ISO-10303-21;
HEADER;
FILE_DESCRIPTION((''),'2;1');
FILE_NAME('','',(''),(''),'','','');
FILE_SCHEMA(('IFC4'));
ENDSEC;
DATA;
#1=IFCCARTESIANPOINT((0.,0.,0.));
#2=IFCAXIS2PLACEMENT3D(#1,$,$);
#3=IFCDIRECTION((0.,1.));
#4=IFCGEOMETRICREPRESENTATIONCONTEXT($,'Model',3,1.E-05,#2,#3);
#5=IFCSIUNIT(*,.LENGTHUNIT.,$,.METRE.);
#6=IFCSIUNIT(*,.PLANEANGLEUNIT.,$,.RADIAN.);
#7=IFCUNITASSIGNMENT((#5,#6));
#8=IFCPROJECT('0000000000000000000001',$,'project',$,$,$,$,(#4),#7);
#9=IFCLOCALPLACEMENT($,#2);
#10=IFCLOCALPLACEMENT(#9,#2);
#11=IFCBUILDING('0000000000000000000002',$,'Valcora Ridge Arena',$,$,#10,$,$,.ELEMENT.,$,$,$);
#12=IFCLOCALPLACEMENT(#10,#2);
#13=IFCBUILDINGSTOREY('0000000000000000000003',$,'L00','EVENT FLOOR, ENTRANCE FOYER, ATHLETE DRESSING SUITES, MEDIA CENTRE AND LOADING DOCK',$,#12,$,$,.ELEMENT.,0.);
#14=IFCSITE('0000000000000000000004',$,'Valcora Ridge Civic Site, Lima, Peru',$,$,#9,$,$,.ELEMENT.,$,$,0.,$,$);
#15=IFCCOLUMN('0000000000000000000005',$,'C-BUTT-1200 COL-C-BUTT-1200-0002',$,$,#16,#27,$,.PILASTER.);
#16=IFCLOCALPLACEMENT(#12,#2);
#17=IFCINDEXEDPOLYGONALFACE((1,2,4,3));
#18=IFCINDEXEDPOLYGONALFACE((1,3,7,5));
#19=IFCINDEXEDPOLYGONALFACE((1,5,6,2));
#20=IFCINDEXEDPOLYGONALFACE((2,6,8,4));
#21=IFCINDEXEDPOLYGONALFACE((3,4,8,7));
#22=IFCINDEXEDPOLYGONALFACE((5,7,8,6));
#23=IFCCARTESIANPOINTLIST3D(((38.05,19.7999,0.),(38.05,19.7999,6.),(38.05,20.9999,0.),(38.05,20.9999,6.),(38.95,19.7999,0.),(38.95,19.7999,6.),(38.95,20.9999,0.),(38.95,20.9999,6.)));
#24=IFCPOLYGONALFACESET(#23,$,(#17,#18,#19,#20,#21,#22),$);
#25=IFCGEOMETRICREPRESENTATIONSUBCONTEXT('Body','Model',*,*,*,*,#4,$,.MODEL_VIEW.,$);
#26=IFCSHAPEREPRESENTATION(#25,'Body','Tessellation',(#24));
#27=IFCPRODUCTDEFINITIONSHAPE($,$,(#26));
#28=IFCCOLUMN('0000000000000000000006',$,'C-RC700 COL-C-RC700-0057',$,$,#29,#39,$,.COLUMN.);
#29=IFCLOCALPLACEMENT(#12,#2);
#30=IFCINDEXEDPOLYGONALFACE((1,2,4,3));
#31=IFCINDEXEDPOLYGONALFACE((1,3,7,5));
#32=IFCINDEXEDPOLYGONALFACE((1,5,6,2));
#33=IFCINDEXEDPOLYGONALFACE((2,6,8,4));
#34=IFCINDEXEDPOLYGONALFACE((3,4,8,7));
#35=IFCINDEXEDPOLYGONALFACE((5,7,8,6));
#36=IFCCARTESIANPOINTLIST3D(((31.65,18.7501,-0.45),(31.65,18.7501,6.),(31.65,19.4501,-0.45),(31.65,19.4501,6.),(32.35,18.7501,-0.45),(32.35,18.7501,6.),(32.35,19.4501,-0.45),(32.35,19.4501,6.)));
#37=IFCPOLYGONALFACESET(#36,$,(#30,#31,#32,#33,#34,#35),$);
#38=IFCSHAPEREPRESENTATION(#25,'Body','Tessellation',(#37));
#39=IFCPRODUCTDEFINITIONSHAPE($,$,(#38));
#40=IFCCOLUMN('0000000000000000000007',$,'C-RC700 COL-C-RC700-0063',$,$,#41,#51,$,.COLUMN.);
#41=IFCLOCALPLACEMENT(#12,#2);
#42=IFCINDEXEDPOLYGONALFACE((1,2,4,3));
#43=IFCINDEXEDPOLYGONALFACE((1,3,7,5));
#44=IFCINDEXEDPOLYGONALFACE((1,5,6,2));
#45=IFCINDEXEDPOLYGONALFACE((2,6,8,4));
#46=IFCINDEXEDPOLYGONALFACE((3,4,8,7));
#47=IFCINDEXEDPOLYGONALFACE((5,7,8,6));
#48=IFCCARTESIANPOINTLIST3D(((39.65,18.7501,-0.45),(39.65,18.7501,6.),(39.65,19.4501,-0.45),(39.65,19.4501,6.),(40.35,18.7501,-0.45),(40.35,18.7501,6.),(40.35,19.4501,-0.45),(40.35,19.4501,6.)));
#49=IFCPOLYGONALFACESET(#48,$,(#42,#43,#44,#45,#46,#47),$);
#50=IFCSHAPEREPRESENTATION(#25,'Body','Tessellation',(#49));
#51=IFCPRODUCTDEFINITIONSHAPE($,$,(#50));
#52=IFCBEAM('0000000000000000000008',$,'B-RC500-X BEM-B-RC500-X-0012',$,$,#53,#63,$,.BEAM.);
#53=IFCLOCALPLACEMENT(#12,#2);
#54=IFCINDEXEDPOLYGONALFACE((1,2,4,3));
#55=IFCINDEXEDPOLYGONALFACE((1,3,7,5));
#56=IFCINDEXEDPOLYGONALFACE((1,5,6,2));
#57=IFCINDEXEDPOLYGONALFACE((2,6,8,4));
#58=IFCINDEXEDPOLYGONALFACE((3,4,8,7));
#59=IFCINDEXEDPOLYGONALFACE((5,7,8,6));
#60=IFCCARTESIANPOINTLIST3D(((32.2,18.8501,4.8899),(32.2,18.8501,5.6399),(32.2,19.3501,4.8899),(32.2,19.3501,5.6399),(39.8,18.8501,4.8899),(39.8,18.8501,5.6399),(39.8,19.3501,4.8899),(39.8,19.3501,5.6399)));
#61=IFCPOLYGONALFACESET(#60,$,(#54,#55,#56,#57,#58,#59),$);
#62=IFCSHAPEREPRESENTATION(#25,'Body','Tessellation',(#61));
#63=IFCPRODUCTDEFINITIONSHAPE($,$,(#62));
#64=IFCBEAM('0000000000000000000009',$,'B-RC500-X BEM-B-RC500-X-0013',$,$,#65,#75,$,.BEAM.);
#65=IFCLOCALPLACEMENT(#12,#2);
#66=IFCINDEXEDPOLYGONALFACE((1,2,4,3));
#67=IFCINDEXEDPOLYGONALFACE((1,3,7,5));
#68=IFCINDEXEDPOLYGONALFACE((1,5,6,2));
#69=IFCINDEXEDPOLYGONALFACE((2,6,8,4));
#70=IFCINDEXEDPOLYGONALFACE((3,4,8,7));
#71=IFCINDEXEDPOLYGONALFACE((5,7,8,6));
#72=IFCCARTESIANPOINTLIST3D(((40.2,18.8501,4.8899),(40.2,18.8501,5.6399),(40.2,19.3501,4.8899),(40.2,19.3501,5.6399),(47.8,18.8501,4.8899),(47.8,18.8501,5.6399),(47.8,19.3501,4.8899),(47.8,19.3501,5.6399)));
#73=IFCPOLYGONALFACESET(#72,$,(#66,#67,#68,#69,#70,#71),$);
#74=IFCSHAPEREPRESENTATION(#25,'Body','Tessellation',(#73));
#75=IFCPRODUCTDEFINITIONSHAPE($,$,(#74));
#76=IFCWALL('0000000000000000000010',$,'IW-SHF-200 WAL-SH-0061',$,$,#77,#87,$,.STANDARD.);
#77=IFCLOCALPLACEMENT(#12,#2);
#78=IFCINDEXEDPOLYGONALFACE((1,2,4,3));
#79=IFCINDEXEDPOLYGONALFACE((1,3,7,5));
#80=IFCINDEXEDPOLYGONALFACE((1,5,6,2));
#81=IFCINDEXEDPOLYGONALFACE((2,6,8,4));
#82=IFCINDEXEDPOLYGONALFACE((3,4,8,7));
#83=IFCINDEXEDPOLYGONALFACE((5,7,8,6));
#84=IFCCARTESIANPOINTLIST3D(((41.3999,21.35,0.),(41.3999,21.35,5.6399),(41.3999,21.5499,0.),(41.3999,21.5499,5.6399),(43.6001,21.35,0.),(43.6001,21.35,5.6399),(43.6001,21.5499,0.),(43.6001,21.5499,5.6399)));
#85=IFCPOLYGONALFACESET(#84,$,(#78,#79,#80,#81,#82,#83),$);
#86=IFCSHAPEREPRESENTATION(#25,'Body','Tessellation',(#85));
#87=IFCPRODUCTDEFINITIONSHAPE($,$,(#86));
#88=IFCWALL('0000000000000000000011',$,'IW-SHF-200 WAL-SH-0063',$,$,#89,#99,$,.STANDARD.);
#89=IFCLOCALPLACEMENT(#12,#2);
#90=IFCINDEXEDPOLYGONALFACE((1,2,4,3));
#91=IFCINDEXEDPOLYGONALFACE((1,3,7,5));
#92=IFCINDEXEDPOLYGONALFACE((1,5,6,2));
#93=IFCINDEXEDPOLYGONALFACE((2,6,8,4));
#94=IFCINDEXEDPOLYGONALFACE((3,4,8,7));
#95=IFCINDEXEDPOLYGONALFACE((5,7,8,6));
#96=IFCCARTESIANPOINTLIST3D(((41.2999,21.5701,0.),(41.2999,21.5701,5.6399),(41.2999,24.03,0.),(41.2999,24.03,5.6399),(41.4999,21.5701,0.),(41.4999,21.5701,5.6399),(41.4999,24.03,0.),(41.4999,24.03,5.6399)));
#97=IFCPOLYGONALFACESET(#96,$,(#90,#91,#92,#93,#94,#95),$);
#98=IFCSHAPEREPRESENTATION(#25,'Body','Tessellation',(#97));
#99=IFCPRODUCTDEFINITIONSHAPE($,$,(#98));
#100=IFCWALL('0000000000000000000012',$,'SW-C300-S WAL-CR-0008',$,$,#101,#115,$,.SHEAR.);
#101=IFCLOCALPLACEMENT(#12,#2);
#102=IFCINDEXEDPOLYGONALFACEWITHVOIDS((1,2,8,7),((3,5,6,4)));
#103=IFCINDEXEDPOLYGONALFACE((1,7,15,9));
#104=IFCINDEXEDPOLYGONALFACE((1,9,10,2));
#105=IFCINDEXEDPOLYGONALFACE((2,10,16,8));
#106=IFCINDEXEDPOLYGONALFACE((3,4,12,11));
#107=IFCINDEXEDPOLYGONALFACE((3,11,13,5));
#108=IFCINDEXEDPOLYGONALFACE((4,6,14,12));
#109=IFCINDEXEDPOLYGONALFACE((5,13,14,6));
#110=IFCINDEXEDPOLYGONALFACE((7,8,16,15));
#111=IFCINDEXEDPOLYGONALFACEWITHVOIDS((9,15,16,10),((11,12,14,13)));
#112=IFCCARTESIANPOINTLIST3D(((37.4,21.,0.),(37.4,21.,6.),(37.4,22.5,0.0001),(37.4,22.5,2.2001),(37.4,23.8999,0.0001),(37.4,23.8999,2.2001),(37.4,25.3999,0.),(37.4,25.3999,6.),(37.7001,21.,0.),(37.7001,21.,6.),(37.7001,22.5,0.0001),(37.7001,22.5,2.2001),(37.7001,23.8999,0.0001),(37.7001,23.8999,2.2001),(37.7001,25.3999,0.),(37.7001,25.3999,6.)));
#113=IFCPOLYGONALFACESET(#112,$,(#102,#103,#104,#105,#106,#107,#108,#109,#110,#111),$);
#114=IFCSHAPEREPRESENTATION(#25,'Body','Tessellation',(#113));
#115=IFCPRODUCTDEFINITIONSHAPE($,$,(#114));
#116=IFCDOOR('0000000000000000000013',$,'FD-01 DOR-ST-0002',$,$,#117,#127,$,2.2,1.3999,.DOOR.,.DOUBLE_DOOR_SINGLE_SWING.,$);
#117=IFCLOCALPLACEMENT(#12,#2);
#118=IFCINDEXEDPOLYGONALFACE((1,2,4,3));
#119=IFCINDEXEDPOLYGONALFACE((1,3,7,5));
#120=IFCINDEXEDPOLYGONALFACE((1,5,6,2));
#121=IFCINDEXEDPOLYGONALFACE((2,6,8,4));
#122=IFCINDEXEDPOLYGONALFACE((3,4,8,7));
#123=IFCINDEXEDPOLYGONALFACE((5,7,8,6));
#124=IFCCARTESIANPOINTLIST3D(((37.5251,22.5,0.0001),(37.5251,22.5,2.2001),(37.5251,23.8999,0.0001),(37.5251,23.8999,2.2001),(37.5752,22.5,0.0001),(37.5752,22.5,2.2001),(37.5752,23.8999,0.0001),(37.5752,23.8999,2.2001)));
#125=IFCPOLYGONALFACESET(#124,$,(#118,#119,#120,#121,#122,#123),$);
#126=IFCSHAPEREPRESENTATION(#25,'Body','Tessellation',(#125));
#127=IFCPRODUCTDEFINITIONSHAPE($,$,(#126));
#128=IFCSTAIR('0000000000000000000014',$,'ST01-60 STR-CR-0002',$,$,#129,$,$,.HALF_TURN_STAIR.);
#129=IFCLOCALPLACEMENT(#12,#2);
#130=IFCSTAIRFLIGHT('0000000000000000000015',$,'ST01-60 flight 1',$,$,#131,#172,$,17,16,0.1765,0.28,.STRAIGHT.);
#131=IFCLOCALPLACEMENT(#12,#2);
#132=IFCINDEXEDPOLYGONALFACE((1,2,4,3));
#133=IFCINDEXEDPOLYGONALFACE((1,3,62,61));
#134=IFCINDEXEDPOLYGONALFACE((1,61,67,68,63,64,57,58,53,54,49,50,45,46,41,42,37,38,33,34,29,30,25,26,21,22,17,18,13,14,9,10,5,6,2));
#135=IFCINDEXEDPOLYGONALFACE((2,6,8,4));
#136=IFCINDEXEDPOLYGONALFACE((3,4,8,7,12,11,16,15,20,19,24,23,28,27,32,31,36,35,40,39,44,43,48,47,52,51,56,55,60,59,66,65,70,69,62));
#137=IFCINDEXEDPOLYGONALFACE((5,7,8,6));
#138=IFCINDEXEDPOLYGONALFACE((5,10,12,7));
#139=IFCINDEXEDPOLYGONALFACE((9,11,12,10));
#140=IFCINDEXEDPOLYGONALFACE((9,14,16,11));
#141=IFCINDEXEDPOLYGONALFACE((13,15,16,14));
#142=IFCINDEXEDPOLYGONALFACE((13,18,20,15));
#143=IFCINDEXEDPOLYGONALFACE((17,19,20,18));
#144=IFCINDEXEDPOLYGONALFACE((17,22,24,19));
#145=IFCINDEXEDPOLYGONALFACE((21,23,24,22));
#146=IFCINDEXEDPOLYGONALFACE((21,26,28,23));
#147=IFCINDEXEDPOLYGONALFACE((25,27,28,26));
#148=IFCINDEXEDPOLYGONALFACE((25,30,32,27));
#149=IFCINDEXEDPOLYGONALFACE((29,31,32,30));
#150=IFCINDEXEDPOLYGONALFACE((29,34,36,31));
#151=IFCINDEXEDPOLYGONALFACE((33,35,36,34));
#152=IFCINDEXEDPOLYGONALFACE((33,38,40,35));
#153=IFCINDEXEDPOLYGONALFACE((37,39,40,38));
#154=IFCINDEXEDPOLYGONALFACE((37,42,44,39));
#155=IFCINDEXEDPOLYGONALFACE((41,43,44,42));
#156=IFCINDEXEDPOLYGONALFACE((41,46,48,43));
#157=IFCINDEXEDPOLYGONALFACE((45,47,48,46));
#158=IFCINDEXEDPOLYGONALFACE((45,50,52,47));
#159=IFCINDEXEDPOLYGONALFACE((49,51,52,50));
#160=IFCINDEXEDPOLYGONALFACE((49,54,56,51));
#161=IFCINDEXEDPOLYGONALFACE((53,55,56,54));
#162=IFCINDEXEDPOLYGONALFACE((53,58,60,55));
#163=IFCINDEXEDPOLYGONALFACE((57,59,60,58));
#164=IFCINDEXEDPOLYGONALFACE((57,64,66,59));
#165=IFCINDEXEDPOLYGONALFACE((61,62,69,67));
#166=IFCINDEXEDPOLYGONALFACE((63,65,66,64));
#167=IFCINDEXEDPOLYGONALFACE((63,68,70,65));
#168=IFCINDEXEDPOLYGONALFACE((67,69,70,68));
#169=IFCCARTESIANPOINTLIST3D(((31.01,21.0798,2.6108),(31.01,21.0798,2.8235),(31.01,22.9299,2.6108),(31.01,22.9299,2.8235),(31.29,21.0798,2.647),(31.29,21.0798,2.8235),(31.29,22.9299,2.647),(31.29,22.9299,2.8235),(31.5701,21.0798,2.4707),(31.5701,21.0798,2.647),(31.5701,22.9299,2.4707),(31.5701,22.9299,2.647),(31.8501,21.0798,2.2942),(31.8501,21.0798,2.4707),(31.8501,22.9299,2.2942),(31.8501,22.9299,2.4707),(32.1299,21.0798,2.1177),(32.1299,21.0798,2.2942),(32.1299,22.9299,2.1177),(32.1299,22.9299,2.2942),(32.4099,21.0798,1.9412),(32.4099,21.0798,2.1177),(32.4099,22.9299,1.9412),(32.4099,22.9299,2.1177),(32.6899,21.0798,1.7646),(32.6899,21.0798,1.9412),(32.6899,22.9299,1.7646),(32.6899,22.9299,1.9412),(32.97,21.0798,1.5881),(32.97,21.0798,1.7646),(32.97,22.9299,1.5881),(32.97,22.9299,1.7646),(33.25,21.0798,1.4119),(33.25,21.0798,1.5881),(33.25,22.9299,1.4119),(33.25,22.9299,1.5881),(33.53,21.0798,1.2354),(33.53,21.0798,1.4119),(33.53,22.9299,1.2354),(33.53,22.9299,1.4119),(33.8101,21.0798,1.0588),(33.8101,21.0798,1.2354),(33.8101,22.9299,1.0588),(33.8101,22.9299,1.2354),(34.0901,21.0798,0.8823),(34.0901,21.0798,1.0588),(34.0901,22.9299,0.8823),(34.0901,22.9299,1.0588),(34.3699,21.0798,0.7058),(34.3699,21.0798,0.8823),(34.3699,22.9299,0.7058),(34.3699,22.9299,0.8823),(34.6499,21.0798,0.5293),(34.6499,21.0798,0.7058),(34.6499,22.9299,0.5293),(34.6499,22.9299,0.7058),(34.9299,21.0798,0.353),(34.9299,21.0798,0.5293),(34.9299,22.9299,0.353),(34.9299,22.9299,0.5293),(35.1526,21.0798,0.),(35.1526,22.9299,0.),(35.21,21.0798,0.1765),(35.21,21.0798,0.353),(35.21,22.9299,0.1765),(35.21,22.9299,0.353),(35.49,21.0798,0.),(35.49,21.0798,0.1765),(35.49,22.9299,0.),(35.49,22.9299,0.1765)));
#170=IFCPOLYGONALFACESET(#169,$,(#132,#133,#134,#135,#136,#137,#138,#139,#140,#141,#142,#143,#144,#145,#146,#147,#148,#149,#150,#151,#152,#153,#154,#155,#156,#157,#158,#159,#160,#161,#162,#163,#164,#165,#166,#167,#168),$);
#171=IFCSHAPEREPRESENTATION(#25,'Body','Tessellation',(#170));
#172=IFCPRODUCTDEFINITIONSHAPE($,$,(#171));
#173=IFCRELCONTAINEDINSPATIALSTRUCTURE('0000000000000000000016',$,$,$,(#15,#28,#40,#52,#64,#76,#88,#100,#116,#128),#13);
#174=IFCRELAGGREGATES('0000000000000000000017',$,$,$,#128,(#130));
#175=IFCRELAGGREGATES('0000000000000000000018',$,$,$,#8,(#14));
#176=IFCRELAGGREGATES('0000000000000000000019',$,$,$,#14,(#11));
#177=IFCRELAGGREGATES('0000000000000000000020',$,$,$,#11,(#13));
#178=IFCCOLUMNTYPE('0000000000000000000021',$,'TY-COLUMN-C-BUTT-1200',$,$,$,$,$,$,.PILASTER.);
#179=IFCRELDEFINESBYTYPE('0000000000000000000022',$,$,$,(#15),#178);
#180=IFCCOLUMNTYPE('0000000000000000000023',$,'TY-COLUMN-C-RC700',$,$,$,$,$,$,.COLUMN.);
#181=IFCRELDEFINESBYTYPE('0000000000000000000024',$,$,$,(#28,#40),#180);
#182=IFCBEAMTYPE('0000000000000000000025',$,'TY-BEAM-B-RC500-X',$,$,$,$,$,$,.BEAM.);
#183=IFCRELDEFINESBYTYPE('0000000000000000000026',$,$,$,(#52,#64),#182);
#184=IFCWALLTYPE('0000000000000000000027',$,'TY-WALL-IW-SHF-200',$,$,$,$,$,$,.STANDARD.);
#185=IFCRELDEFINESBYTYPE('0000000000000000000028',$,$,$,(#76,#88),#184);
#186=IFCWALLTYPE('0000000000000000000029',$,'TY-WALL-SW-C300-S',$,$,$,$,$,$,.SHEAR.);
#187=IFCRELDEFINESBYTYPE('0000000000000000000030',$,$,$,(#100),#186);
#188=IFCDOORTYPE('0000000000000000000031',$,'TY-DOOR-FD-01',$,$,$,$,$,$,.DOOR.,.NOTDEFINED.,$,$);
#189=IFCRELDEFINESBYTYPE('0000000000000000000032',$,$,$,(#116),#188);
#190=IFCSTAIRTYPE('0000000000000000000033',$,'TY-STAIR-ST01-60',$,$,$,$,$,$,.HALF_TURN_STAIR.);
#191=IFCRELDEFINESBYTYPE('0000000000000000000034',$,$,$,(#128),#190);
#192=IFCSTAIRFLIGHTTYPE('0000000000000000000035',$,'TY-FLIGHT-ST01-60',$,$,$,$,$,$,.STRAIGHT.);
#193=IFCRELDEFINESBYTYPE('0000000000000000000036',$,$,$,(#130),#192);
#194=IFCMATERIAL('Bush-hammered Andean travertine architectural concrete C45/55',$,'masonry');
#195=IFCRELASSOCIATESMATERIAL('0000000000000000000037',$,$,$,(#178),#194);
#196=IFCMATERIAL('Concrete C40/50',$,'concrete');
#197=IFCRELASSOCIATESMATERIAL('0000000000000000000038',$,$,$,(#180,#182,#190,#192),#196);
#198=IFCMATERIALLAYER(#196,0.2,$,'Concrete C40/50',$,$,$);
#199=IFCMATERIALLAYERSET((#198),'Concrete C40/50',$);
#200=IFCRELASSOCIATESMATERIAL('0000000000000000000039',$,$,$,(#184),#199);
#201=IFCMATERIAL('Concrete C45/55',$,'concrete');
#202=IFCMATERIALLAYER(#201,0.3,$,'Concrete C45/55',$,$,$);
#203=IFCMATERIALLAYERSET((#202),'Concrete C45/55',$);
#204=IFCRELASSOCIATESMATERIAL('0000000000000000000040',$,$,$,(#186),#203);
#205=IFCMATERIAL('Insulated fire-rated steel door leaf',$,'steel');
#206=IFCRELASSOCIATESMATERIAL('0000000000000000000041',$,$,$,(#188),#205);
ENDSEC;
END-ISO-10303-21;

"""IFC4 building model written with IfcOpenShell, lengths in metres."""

from ifc_helpers import new_model, si_unit, direction, frame, frame_2d, origin, origin_2d, place, context, subcontext, project, spatial, polyline, rectangle, outline, extrude, material, layer, layer_set, material_profile, profile_set, type_object, element, fill, aggregate, save


model = new_model("IFC4")

# Units and contexts
model_context = context("Model", 3, precision=1e-05, world=origin(), true_north=direction((0.0, 1.0)))
body_context = subcontext(model_context, "Body", "Model", "MODEL_VIEW")
ifc_project = project(units=[si_unit("LENGTHUNIT", "METRE"), si_unit("PLANEANGLEUNIT", "RADIAN")], contexts=[model_context])

# Site, building, storey
site_placement = place(None, origin())
site = spatial("IfcSite", under=ifc_project, at=site_placement, Name="Valcora Ridge Civic Site, Lima, Peru", CompositionType="ELEMENT", RefElevation=0.0)
building_placement = place(site_placement, origin())
building = spatial("IfcBuilding", under=site, at=building_placement, Name="Valcora Ridge Arena", CompositionType="ELEMENT")
storey_placement = place(building_placement, origin())
storey = spatial("IfcBuildingStorey", under=building, at=storey_placement, Name="L00", Description="EVENT FLOOR, ENTRANCE FOYER, ATHLETE DRESSING SUITES, MEDIA CENTRE AND LOADING DOCK", CompositionType="ELEMENT", Elevation=0.0)

# Shared definitions
ifc_material_1 = material(Name="Concrete C40/50", Category="concrete")

# Columns
ifc_material_2 = material(Name="Bush-hammered Andean travertine architectural concrete C45/55", Category="masonry")
ifc_material_profile_1 = material_profile(ifc_material_2, rectangle(XDim=0.8999, YDim=1.2, at=origin_2d()), Name="RC 900x1200")
ifc_profile_set_1 = profile_set([ifc_material_profile_1], Name="Bush-hammered Andean travertine architectural concrete C45/55")
column_type_1 = type_object("IfcColumnType", Name="TY-COLUMN-C-BUTT-1200", PredefinedType="PILASTER", material=ifc_profile_set_1)
column_placement = place(storey_placement, frame((38.5, 20.3999, 0.0), z_axis=(0.0, 0.0, 1.0), x_axis=(1.0, 0.0, 0.0)))
element("IfcColumn", 1, at=column_placement, inside=storey, type_object=column_type_1, Name="C-BUTT-1200 COL-C-BUTT-1200-0002", PredefinedType="PILASTER", context=body_context, shape_type="SweptSolid", body=[
    extrude(rectangle(XDim=0.8999, YDim=1.2, at=origin_2d()), origin(), (0.0, 0.0, 1.0), 6.0),
])
ifc_material_profile_2 = material_profile(ifc_material_1, rectangle(XDim=0.7, YDim=0.7, at=origin_2d()), Name="RC 700x700")
ifc_profile_set_2 = profile_set([ifc_material_profile_2], Name="Concrete C40/50")
column_type_2 = type_object("IfcColumnType", Name="TY-COLUMN-C-RC700", PredefinedType="COLUMN", material=ifc_profile_set_2)
for number, where, z_axis, x_axis, name in (
    (2, (32.0, 19.1001, -0.45), (0.0, 0.0, 1.0), (1.0, 0.0, 0.0), "C-RC700 COL-C-RC700-0057"),
    (3, (40.0, 19.1001, -0.45), (0.0, 0.0, 1.0), (1.0, 0.0, 0.0), "C-RC700 COL-C-RC700-0063"),
):
    element("IfcColumn", number, at=place(storey_placement, frame(where, z_axis=z_axis, x_axis=x_axis)), inside=storey, type_object=column_type_2, Name=name, PredefinedType="COLUMN", context=body_context, shape_type="SweptSolid", body=[
        extrude(rectangle(XDim=0.7, YDim=0.7, at=origin_2d()), origin(), (0.0, 0.0, 1.0), 6.45),
    ])

# Beams
ifc_material_profile_3 = material_profile(ifc_material_1, rectangle(XDim=0.5, YDim=0.75, at=origin_2d()), Name="RC 500x750")
ifc_profile_set_3 = profile_set([ifc_material_profile_3], Name="Concrete C40/50")
beam_type = type_object("IfcBeamType", Name="TY-BEAM-B-RC500-X", PredefinedType="BEAM", material=ifc_profile_set_3)
for number, where, z_axis, x_axis, name in (
    (4, (32.2, 19.1001, 5.2649), (1.0, 0.0, 0.0), (0.0, 1.0, 0.0), "B-RC500-X BEM-B-RC500-X-0012"),
    (5, (40.2, 19.1001, 5.2649), (1.0, 0.0, 0.0), (0.0, 1.0, 0.0), "B-RC500-X BEM-B-RC500-X-0013"),
):
    element("IfcBeam", number, at=place(storey_placement, frame(where, z_axis=z_axis, x_axis=x_axis)), inside=storey, type_object=beam_type, Name=name, PredefinedType="BEAM", context=body_context, shape_type="SweptSolid", body=[
        extrude(rectangle(XDim=0.5, YDim=0.75, at=origin_2d()), origin(), (0.0, 0.0, 1.0), 7.6001),
    ])

# Wall
ifc_layer_1 = layer(ifc_material_1, 0.2, Name="Concrete C40/50")
ifc_layer_set_1 = layer_set([ifc_layer_1], Name="Concrete C40/50")
wall_type_1 = type_object("IfcWallType", Name="TY-WALL-IW-SHF-200", PredefinedType="STANDARD", material=ifc_layer_set_1)
wall_1_placement = place(storey_placement, frame((41.3999, 21.45, 0.0), z_axis=(0.0, 0.0, 1.0), x_axis=(1.0, 0.0, 0.0)))
element("IfcWall", 6, at=wall_1_placement, inside=storey, type_object=wall_type_1, Name="IW-SHF-200 WAL-SH-0061", PredefinedType="STANDARD", context=body_context, shape_type="SweptSolid", body=[
    extrude(rectangle(XDim=2.2002, YDim=0.2, at=frame_2d((1.1001, 0.0))), origin(), (0.0, 0.0, 1.0), 5.6399),
])

# Wall
wall_2_placement = place(storey_placement, frame((41.3999, 21.5701, 0.0), z_axis=(0.0, 0.0, 1.0), x_axis=(0.0, 1.0, 0.0)))
element("IfcWall", 7, at=wall_2_placement, inside=storey, type_object=wall_type_1, Name="IW-SHF-200 WAL-SH-0063", PredefinedType="STANDARD", context=body_context, shape_type="SweptSolid", body=[
    extrude(rectangle(XDim=2.46, YDim=0.2, at=frame_2d((1.23, 0.0))), origin(), (0.0, 0.0, 1.0), 5.6399),
])

# Wall, opening, door
ifc_material_3 = material(Name="Concrete C45/55", Category="concrete")
ifc_layer_2 = layer(ifc_material_3, 0.3, Name="Concrete C45/55")
ifc_layer_set_2 = layer_set([ifc_layer_2], Name="Concrete C45/55")
wall_type_2 = type_object("IfcWallType", Name="TY-WALL-SW-C300-S", PredefinedType="SHEAR", material=ifc_layer_set_2)
wall_3_placement = place(storey_placement, frame((37.55, 21.0, 0.0), z_axis=(0.0, 0.0, 1.0), x_axis=(0.0, 1.0, 0.0)))
wall_3 = element("IfcWall", 8, at=wall_3_placement, inside=storey, type_object=wall_type_2, Name="SW-C300-S WAL-CR-0008", PredefinedType="SHEAR", context=body_context, shape_type="SweptSolid", body=[
    extrude(rectangle(XDim=4.3999, YDim=0.3, at=frame_2d((2.2, 0.0))), origin(), (0.0, 0.0, 1.0), 6.0),
])
opening_1_placement = place(wall_3_placement, frame((1.5, 0.0, 0.0)))
opening_1 = element("IfcOpeningElement", 9, at=opening_1_placement, cuts=wall_3, PredefinedType="OPENING", context=body_context, shape_type="SweptSolid", body=[
    extrude(rectangle(XDim=1.3999, YDim=2.2, at=frame_2d((0.7, 1.1001))), frame((0.0, 0.1599, 0.0), z_axis=(0.0, -1.0, 0.0), x_axis=(1.0, 0.0, 0.0)), (0.0, 0.0, 1.0), 0.3201),
])
ifc_material_4 = material(Name="Insulated fire-rated steel door leaf", Category="steel")
door_type_1 = type_object("IfcDoorType", Name="TY-DOOR-FD-01", OperationType="NOTDEFINED", PredefinedType="DOOR", material=ifc_material_4)
door_1_placement = place(opening_1_placement, origin())
door_1 = element("IfcDoor", 10, at=door_1_placement, inside=storey, type_object=door_type_1, Name="FD-01 DOR-ST-0002", OperationType="DOUBLE_DOOR_SINGLE_SWING", OverallHeight=2.2, OverallWidth=1.3999, PredefinedType="DOOR", context=body_context, shape_type="SweptSolid", body=[
    extrude(rectangle(XDim=1.3999, YDim=2.2, at=frame_2d((0.7, 1.1001))), frame((0.0, 0.0249, 0.0), z_axis=(0.0, -1.0, 0.0), x_axis=(1.0, 0.0, 0.0)), (0.0, 0.0, 1.0), 0.05),
])
fill(opening_1, door_1)

# Stair, stair flight
stair_type = type_object("IfcStairType", Name="TY-STAIR-ST01-60", PredefinedType="HALF_TURN_STAIR", material=ifc_material_1)
stair_placement = place(storey_placement, origin())
stair = element("IfcStair", 11, at=stair_placement, inside=storey, type_object=stair_type, Name="ST01-60 STR-CR-0002", PredefinedType="HALF_TURN_STAIR")
stair_flight_type = type_object("IfcStairFlightType", Name="TY-FLIGHT-ST01-60", PredefinedType="STRAIGHT", material=ifc_material_1)
stair_flight_placement = place(storey_placement, frame((35.49, 22.0049, 0.0), z_axis=(0.0, 0.0, 1.0), x_axis=(-1.0, 0.0, 0.0)))
stair_flight = element("IfcStairFlight", 12, at=stair_flight_placement, type_object=stair_flight_type, Name="ST01-60 flight 1", NumberOfRisers=17, NumberOfTreads=16, PredefinedType="STRAIGHT", RiserHeight=0.1765, TreadLength=0.28, context=body_context, shape_type="SweptSolid", body=[
    extrude(outline(polyline([(0.0, 0.0), (0.0, 0.1765), (0.28, 0.1765), (0.28, 0.353), (0.5601, 0.353), (0.5601, 0.5293), (0.8401, 0.5293), (0.8401, 0.7058), (1.1201, 0.7058), (1.1201, 0.8823), (1.3999, 0.8823), (1.3999, 1.0588), (1.6799, 1.0588), (1.6799, 1.2354), (1.96, 1.2354), (1.96, 1.4119), (2.24, 1.4119), (2.24, 1.5881), (2.52, 1.5881), (2.52, 1.7646), (2.8, 1.7646), (2.8, 1.9412), (3.0801, 1.9412), (3.0801, 2.1177), (3.3601, 2.1177), (3.3601, 2.2942), (3.6399, 2.2942), (3.6399, 2.4707), (3.9199, 2.4707), (3.9199, 2.647), (4.2, 2.647), (4.2, 2.8235), (4.48, 2.8235), (4.48, 3.0), (4.48, 2.6108), (0.3374, 0.0), (0.0, 0.0)])), frame((0.0, 0.925, 0.0), z_axis=(0.0, -1.0, 0.0), x_axis=(1.0, 0.0, 0.0)), (0.0, 0.0, 1.0), 1.8501),
])
aggregate(stair, [stair_flight])

save(model, "model.ifc")
